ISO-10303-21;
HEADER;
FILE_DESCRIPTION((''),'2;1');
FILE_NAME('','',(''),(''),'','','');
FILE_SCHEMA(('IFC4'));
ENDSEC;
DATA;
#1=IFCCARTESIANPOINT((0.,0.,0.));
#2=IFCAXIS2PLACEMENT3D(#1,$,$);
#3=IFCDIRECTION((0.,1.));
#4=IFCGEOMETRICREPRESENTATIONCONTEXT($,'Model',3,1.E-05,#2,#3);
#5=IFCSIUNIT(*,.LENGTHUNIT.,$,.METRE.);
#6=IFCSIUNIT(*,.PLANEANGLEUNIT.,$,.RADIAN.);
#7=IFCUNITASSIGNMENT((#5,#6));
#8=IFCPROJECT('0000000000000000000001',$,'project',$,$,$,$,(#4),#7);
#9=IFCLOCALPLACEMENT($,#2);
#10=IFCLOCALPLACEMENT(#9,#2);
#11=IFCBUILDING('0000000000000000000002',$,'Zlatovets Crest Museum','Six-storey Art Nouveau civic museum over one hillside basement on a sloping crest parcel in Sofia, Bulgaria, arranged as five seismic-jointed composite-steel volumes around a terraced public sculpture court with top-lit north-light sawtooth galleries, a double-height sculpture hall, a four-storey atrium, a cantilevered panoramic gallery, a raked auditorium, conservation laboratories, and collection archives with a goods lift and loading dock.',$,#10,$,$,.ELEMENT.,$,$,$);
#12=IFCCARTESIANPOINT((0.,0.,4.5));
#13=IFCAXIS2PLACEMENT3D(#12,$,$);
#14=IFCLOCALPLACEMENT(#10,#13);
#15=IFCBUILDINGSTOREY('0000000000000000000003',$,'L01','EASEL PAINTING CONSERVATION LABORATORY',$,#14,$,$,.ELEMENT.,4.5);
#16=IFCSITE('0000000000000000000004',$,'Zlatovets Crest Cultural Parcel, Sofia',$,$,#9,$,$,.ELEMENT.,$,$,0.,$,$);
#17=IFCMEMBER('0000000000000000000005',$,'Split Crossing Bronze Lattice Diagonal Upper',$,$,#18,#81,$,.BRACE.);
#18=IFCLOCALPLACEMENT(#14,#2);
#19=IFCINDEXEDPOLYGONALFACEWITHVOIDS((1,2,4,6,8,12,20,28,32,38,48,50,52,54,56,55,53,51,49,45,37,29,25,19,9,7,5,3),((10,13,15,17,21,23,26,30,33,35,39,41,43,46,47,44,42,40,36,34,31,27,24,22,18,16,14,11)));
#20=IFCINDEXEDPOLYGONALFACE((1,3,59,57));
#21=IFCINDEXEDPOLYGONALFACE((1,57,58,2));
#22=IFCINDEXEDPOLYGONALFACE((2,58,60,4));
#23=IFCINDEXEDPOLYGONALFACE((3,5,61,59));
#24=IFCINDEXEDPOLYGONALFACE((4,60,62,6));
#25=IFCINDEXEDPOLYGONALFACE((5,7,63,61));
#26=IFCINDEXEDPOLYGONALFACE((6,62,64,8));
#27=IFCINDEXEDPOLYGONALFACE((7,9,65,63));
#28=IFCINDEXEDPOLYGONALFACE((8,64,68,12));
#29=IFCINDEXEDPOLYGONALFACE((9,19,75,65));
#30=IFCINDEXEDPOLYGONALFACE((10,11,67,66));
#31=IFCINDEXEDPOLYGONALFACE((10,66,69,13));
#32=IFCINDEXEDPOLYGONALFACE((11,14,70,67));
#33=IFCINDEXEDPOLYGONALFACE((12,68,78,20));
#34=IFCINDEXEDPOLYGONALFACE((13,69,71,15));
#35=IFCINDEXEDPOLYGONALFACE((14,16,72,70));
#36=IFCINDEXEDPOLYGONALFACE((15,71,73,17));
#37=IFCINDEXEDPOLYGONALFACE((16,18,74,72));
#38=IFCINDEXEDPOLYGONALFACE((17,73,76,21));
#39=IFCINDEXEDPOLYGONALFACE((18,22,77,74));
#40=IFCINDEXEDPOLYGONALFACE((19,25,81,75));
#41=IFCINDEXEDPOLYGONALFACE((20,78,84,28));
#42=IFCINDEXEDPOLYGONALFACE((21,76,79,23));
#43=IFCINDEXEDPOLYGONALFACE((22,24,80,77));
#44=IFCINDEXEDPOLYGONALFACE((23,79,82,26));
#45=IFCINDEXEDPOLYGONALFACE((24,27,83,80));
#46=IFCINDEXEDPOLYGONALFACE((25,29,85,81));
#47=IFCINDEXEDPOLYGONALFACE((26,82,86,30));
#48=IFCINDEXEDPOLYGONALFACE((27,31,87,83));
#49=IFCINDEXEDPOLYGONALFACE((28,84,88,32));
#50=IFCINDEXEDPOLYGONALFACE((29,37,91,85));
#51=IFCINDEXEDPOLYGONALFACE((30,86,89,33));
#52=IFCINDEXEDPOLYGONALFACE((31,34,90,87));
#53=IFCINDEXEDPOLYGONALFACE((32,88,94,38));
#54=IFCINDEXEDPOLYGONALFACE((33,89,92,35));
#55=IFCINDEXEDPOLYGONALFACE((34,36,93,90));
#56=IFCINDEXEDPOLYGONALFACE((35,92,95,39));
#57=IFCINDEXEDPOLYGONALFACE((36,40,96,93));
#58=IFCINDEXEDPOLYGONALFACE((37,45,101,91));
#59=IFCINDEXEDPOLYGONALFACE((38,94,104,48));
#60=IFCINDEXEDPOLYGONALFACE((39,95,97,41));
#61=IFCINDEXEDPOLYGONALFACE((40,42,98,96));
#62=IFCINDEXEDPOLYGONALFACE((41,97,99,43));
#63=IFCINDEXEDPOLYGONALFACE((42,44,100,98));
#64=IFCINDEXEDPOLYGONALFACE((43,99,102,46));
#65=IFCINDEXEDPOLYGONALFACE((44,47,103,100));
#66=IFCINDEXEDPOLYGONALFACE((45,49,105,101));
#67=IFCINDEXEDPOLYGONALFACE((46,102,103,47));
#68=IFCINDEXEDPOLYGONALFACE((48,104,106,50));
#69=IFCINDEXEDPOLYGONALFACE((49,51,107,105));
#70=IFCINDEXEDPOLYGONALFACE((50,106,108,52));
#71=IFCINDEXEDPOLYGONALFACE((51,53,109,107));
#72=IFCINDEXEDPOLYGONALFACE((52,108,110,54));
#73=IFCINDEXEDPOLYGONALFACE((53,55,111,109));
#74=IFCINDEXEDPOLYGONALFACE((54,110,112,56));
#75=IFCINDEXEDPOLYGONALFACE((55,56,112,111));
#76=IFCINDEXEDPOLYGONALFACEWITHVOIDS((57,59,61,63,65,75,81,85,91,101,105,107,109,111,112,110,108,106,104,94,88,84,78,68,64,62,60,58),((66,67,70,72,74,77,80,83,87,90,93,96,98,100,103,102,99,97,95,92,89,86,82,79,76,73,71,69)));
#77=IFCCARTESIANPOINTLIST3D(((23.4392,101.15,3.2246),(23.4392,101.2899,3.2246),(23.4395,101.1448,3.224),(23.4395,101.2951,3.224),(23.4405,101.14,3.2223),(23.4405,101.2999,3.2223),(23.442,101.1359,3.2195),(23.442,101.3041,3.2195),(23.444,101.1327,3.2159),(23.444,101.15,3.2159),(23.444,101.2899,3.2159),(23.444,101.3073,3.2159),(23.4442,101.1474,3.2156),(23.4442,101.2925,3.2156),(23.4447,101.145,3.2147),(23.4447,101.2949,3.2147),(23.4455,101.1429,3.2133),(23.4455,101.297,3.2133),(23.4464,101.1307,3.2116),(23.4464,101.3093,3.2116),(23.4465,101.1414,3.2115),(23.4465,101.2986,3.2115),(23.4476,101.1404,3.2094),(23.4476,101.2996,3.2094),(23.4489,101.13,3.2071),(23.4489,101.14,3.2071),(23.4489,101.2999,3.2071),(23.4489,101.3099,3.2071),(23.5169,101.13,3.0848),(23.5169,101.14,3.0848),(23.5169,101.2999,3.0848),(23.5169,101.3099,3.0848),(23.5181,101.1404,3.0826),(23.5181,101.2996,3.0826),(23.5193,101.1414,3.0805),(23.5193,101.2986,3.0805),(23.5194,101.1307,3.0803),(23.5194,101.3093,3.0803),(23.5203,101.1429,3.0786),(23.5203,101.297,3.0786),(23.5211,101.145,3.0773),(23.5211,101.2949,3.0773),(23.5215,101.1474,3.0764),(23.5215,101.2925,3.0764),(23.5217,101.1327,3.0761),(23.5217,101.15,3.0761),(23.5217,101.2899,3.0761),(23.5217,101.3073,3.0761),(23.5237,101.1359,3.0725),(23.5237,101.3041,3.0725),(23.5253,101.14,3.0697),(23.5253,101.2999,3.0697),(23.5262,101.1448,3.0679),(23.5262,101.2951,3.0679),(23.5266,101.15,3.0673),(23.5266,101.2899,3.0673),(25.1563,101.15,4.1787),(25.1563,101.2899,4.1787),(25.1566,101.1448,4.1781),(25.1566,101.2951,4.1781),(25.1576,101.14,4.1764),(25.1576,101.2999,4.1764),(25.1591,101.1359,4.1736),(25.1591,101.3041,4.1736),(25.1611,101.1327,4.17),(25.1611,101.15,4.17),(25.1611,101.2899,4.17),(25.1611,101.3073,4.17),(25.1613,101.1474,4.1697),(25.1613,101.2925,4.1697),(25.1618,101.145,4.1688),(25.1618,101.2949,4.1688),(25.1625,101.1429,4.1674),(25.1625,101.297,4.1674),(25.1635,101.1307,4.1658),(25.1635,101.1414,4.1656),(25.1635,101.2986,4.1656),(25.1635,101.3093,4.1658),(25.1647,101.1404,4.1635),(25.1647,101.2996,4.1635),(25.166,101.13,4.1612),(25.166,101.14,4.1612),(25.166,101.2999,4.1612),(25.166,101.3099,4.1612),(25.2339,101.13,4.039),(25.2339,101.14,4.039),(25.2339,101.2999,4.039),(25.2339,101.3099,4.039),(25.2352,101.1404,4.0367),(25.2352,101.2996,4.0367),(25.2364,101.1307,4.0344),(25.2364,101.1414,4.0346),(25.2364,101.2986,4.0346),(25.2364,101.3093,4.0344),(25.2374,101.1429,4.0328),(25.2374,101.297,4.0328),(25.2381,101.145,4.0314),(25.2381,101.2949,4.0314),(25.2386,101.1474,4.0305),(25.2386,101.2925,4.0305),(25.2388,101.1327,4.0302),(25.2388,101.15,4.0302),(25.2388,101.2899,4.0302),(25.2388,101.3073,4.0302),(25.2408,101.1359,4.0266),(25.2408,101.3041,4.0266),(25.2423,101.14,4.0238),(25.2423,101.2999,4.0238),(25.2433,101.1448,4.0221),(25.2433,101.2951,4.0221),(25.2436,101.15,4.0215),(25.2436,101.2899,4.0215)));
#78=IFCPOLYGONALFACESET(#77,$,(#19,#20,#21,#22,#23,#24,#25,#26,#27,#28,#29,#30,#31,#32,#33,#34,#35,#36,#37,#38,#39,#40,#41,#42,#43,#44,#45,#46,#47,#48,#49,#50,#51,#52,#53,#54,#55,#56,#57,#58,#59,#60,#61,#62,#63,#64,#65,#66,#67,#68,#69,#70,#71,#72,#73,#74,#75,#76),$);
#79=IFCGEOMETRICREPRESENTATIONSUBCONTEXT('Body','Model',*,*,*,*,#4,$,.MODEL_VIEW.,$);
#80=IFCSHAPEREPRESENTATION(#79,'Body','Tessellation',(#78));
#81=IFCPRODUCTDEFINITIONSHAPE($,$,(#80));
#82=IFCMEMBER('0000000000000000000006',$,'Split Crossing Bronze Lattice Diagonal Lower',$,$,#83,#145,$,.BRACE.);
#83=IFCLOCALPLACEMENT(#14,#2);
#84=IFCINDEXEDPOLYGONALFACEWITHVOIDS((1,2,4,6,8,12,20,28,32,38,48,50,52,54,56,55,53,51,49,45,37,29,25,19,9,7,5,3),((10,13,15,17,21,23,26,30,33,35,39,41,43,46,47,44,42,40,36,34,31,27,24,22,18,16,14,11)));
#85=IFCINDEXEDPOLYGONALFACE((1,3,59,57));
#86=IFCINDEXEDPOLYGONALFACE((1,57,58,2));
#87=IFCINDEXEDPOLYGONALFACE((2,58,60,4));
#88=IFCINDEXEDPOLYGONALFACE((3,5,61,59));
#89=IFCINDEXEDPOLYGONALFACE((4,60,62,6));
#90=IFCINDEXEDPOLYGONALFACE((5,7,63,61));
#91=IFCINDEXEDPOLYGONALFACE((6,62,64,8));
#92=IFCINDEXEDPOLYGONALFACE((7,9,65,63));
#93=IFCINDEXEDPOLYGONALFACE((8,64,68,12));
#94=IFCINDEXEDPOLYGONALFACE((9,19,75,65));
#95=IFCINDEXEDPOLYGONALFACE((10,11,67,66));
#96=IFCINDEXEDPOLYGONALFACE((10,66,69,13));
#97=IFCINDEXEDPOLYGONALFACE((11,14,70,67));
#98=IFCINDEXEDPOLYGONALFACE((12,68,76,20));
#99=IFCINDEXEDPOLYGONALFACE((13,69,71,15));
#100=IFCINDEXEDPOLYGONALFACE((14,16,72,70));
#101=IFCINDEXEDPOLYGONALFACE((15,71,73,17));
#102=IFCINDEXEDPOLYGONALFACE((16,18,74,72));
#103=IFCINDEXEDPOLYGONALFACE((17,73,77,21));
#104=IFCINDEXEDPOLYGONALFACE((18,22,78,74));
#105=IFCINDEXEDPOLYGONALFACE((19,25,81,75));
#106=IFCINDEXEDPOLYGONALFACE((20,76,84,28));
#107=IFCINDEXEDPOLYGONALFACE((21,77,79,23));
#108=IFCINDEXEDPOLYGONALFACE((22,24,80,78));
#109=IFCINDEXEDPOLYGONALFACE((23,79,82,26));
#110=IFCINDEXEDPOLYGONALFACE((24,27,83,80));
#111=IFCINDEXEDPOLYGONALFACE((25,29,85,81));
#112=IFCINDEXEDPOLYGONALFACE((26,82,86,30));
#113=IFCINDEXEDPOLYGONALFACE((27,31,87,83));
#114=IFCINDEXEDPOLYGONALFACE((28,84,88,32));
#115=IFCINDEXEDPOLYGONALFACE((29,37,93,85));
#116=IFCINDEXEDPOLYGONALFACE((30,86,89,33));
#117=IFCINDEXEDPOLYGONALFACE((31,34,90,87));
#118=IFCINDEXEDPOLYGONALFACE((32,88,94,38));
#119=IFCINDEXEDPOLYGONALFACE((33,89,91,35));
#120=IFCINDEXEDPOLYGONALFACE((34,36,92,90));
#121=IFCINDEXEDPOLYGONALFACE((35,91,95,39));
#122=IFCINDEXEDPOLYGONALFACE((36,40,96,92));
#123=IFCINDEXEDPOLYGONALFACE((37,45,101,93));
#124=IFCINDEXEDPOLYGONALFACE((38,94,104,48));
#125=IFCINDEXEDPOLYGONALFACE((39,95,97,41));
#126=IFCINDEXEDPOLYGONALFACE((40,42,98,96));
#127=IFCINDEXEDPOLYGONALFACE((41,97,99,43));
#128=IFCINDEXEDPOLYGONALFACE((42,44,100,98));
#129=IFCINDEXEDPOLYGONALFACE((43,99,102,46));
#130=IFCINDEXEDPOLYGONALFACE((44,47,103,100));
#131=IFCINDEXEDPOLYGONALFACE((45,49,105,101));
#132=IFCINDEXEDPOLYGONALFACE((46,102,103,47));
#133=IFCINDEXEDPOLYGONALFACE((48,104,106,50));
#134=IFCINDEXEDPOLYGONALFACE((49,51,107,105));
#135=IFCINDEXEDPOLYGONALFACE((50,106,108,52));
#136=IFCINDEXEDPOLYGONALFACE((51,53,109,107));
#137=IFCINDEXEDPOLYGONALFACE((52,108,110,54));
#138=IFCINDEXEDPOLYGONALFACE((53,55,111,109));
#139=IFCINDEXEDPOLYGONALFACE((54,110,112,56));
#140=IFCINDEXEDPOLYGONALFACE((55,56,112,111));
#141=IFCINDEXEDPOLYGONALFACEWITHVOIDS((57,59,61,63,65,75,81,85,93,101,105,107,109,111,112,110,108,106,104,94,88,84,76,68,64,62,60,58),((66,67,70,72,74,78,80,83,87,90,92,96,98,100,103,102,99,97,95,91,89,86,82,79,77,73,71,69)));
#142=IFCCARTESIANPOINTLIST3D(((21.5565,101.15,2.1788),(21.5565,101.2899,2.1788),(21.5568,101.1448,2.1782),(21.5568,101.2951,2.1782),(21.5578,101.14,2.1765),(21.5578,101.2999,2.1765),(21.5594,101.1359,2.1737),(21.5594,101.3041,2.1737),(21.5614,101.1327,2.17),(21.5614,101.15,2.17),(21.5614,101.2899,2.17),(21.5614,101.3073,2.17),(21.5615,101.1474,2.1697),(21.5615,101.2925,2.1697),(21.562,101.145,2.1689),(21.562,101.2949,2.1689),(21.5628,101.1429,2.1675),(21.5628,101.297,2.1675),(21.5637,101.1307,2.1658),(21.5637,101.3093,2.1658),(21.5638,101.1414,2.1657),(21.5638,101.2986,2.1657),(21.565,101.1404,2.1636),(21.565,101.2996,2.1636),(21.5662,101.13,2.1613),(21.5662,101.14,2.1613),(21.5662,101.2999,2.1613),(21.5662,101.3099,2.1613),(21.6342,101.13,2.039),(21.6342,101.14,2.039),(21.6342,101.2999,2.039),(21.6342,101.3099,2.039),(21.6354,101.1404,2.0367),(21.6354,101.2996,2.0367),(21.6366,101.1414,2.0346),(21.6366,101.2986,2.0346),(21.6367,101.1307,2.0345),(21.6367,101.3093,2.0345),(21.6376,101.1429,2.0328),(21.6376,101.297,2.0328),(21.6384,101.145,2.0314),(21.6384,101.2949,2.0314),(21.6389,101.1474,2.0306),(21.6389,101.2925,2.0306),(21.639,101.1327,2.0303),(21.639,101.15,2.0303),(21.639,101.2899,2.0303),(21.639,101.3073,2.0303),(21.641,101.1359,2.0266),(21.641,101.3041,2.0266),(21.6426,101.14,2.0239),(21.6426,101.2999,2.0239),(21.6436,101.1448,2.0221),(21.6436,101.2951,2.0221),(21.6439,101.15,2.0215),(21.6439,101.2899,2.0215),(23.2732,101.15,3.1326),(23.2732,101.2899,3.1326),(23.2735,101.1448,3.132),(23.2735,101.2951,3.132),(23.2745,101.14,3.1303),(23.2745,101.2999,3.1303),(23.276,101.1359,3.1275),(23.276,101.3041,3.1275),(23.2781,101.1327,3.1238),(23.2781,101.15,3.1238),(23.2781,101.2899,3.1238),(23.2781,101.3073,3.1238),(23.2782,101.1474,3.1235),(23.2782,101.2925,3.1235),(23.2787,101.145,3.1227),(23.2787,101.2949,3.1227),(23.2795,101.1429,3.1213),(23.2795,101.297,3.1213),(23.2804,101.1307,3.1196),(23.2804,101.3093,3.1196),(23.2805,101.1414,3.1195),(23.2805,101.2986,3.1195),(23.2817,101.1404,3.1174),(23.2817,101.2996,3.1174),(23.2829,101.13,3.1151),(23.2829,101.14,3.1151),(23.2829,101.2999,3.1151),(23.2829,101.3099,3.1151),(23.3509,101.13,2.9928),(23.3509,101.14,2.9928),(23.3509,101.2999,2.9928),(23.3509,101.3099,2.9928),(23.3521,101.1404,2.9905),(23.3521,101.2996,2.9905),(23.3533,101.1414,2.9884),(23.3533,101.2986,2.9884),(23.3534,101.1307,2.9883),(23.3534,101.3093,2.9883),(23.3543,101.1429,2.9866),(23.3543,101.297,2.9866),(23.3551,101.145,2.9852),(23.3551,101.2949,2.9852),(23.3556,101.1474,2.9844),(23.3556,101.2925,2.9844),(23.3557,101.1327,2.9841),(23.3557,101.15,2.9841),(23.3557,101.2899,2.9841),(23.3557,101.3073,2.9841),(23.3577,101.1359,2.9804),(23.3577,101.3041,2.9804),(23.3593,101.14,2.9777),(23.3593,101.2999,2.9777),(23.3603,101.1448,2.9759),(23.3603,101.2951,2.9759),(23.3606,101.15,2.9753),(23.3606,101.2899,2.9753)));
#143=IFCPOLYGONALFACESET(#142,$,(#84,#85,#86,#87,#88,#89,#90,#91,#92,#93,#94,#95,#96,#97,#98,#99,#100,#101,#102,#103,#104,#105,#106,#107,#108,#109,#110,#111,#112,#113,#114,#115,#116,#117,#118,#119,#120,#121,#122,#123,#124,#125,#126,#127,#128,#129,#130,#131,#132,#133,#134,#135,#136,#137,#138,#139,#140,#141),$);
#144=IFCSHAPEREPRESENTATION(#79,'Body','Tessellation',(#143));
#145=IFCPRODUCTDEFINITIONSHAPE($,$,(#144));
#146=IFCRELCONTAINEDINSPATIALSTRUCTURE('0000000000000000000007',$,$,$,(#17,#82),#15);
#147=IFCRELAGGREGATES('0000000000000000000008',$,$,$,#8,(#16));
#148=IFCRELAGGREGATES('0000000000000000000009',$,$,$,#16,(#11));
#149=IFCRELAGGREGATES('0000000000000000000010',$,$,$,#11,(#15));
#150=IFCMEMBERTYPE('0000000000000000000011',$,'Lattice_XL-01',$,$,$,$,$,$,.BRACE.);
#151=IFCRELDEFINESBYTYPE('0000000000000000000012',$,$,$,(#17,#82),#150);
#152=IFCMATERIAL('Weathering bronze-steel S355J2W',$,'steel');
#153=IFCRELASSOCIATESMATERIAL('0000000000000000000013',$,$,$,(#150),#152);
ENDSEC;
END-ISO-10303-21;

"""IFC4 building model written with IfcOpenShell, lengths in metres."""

from ifc_helpers import new_model, si_unit, direction, frame, origin, origin_2d, place, context, subcontext, project, spatial, hollow_rectangle, extrude, material, material_profile, profile_set, type_object, element, save


model = new_model("IFC4")

# Units and contexts
model_context = context("Model", 3, precision=1e-05, world=origin(), true_north=direction((0.0, 1.0)))
body_context = subcontext(model_context, "Body", "Model", "MODEL_VIEW")
ifc_project = project(units=[si_unit("LENGTHUNIT", "METRE"), si_unit("PLANEANGLEUNIT", "RADIAN")], contexts=[model_context])

# Site, building, storey
site_placement = place(None, origin())
site = spatial("IfcSite", under=ifc_project, at=site_placement, Name="Zlatovets Crest Cultural Parcel, Sofia", CompositionType="ELEMENT", RefElevation=0.0)
building_placement = place(site_placement, origin())
building = spatial("IfcBuilding", under=site, at=building_placement, Name="Zlatovets Crest Museum", Description="Six-storey Art Nouveau civic museum over one hillside basement on a sloping crest parcel in Sofia, Bulgaria, arranged as five seismic-jointed composite-steel volumes around a terraced public sculpture court with top-lit north-light sawtooth galleries, a double-height sculpture hall, a four-storey atrium, a cantilevered panoramic gallery, a raked auditorium, conservation laboratories, and collection archives with a goods lift and loading dock.", CompositionType="ELEMENT")
storey_placement = place(building_placement, frame((0.0, 0.0, 4.5)))
storey = spatial("IfcBuildingStorey", under=building, at=storey_placement, Name="L01", Description="EASEL PAINTING CONSERVATION LABORATORY", CompositionType="ELEMENT", Elevation=4.5)

# Members
ifc_material_1 = material(Name="Weathering bronze-steel S355J2W", Category="steel")
ifc_material_profile_1 = material_profile(ifc_material_1, hollow_rectangle(XDim=0.1799, YDim=0.1799, WallThickness=0.01, InnerFilletRadius=0.01, OuterFilletRadius=0.02, at=origin_2d()), Name="SHS 180x180x10.0")
ifc_profile_set_1 = profile_set([ifc_material_profile_1], Name="Weathering bronze-steel S355J2W")
member_type_1 = type_object("IfcMemberType", Name="Lattice_XL-01", PredefinedType="BRACE", material=ifc_profile_set_1)
member_1_placement = place(storey_placement, frame((25.2, 101.22, 4.1001), z_axis=(-0.874116, 0.0, -0.485717), x_axis=(0.0, -1.0, 0.0)))
element("IfcMember", 1, at=member_1_placement, inside=storey, type_object=member_type_1, Name="Split Crossing Bronze Lattice Diagonal Upper", PredefinedType="BRACE", context=body_context, shape_type="SweptSolid", body=[
    extrude(hollow_rectangle(XDim=0.1799, YDim=0.1799, WallThickness=0.01, InnerFilletRadius=0.01, OuterFilletRadius=0.02, at=origin_2d()), origin(), (0.0, 0.0, 1.0), 1.9644),
])
member_2_placement = place(storey_placement, frame((23.3169, 101.22, 3.054), z_axis=(-0.87414, 0.0, -0.485675), x_axis=(0.0, -1.0, 0.0)))
element("IfcMember", 2, at=member_2_placement, inside=storey, type_object=member_type_1, Name="Split Crossing Bronze Lattice Diagonal Lower", PredefinedType="BRACE", context=body_context, shape_type="SweptSolid", body=[
    extrude(hollow_rectangle(XDim=0.1799, YDim=0.1799, WallThickness=0.01, InnerFilletRadius=0.01, OuterFilletRadius=0.02, at=origin_2d()), origin(), (0.0, 0.0, 1.0), 1.9639),
])

save(model, "model.ifc")
